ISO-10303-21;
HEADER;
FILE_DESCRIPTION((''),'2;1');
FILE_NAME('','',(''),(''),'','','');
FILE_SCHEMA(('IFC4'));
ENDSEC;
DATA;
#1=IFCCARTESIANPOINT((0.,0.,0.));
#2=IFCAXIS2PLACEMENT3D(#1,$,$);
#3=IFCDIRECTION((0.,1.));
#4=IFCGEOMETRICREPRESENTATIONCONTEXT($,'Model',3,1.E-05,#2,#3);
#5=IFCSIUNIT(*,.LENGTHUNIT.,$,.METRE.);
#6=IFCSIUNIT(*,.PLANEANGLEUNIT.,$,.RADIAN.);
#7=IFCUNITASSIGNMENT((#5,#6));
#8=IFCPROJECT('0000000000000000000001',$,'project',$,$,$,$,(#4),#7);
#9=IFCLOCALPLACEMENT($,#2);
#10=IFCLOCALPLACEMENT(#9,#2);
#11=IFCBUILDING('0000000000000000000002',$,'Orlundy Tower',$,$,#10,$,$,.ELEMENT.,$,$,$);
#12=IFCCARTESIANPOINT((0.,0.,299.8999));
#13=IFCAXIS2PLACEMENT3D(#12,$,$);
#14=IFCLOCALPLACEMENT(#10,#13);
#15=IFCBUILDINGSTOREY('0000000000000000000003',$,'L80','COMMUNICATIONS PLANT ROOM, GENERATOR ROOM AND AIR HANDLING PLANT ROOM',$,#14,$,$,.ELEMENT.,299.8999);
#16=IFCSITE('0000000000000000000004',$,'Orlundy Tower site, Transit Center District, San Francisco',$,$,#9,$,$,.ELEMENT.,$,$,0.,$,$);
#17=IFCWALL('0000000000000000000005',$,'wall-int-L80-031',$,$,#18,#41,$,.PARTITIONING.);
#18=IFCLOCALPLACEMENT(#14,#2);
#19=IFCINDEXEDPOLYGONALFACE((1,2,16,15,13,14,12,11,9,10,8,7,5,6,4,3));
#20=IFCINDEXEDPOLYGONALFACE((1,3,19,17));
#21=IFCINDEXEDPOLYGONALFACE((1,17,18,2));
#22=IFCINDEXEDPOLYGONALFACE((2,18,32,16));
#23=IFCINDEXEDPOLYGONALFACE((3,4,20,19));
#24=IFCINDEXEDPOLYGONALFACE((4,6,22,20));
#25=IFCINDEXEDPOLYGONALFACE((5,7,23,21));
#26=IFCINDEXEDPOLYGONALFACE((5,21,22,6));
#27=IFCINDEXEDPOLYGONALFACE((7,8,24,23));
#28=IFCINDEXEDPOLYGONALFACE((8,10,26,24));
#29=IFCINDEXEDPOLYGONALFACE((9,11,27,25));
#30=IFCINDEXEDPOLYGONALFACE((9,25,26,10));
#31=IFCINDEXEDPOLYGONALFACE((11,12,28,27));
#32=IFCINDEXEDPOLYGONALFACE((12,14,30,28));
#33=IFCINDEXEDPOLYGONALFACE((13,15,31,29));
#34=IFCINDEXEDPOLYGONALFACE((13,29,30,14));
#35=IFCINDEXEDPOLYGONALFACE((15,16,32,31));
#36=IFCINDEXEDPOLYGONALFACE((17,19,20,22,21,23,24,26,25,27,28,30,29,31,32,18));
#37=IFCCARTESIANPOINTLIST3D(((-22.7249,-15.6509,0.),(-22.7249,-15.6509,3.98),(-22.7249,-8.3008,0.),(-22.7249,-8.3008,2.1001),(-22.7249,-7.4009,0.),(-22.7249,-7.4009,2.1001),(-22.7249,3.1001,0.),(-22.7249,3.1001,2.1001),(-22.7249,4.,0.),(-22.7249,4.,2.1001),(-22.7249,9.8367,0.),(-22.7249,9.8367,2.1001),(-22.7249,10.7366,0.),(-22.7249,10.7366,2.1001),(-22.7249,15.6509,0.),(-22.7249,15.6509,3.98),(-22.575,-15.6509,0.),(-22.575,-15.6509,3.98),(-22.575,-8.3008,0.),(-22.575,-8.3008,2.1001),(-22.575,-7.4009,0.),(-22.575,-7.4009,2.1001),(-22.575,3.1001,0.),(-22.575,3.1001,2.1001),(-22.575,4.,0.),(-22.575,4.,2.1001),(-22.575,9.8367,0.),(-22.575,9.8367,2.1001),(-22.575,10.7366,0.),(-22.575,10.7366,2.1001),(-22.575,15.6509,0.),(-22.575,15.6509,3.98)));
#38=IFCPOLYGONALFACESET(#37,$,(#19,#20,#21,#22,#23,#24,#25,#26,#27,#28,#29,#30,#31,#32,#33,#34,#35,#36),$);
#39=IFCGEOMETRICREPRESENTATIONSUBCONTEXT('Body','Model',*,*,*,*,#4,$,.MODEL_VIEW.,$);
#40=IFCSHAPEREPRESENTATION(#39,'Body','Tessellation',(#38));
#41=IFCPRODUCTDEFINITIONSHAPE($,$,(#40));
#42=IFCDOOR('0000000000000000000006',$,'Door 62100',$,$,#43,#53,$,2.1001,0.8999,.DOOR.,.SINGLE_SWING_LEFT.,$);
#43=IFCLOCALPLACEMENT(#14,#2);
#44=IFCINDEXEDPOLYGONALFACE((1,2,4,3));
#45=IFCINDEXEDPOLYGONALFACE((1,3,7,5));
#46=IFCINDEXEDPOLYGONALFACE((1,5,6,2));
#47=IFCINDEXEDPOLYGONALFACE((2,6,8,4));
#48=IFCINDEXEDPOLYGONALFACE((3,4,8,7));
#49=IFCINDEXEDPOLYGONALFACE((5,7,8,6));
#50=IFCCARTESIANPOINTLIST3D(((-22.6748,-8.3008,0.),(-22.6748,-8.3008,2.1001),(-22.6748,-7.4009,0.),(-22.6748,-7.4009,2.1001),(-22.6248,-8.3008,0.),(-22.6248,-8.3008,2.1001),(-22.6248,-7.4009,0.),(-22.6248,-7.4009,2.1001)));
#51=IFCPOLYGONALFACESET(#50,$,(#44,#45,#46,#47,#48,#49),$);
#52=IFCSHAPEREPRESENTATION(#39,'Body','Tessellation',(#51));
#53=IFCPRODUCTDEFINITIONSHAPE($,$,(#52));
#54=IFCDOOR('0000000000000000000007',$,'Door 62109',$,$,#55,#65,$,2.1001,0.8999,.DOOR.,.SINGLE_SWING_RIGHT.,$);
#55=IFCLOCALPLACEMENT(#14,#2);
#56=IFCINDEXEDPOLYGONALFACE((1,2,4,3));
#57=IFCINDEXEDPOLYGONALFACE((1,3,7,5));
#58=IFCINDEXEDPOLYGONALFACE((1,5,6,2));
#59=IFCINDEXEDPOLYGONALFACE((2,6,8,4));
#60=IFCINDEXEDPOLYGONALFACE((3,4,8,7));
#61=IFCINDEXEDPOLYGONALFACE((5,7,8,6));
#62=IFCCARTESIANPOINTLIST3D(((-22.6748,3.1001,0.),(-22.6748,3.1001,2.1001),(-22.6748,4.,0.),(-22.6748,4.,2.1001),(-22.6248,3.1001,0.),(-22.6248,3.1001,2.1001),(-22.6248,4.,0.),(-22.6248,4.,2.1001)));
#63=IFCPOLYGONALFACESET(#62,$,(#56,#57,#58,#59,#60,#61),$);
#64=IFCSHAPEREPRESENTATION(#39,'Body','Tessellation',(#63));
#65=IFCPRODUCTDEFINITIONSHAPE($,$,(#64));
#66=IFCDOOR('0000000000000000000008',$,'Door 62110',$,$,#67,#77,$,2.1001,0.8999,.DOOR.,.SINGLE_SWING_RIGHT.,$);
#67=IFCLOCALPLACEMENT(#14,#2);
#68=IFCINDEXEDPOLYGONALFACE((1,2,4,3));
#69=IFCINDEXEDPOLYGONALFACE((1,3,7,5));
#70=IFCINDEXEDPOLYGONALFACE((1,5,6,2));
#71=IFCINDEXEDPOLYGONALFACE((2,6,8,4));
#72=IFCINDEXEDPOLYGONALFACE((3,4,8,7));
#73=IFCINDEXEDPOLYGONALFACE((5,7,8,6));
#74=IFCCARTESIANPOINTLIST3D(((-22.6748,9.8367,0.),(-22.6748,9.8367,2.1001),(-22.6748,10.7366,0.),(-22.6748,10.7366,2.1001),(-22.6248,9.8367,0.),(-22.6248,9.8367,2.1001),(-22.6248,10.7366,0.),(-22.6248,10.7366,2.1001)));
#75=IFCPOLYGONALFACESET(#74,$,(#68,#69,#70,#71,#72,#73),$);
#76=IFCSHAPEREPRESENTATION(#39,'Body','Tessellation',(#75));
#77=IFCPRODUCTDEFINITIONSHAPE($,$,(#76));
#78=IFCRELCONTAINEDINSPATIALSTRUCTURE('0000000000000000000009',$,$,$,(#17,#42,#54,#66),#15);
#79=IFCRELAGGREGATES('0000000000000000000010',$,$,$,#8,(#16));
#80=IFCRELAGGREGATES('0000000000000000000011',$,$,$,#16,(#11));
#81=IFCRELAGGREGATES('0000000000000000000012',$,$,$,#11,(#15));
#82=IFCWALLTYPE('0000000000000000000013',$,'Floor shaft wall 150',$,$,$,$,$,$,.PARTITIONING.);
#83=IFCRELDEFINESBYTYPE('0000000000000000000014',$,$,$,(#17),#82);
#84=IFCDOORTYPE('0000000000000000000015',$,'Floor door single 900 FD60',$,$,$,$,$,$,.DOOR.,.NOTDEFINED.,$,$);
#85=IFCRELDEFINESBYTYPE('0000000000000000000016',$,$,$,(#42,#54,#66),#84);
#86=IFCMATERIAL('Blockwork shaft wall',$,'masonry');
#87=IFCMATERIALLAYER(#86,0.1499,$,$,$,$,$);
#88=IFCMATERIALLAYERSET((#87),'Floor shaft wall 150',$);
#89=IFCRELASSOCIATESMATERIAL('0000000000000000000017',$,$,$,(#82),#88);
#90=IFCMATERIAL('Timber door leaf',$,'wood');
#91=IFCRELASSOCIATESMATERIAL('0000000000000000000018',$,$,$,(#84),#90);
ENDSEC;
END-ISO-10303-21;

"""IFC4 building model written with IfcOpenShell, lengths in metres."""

from ifc_helpers import new_model, si_unit, direction, frame, frame_2d, origin, place, context, subcontext, project, spatial, rectangle, extrude, material, layer, layer_set, type_object, element, fill, save


model = new_model("IFC4")

# Units and contexts
model_context = context("Model", 3, precision=1e-05, world=origin(), true_north=direction((0.0, 1.0)))
body_context = subcontext(model_context, "Body", "Model", "MODEL_VIEW")
ifc_project = project(units=[si_unit("LENGTHUNIT", "METRE"), si_unit("PLANEANGLEUNIT", "RADIAN")], contexts=[model_context])

# Site, building, storey
site_placement = place(None, origin())
site = spatial("IfcSite", under=ifc_project, at=site_placement, Name="Orlundy Tower site, Transit Center District, San Francisco", CompositionType="ELEMENT", RefElevation=0.0)
building_placement = place(site_placement, origin())
building = spatial("IfcBuilding", under=site, at=building_placement, Name="Orlundy Tower", CompositionType="ELEMENT")
storey_placement = place(building_placement, frame((0.0, 0.0, 299.8999)))
storey = spatial("IfcBuildingStorey", under=building, at=storey_placement, Name="L80", Description="COMMUNICATIONS PLANT ROOM, GENERATOR ROOM AND AIR HANDLING PLANT ROOM", CompositionType="ELEMENT", Elevation=299.8999)

# Shared definitions
ifc_material_1 = material(Name="Blockwork shaft wall", Category="masonry")
ifc_layer_1 = layer(ifc_material_1, 0.1499)
ifc_layer_set_1 = layer_set([ifc_layer_1], Name="Floor shaft wall 150")
wall_type = type_object("IfcWallType", Name="Floor shaft wall 150", PredefinedType="PARTITIONING", material=ifc_layer_set_1)

# Wall, openings, doors
wall_1_placement = place(storey_placement, frame((-22.6499, -15.6509, 0.0), z_axis=(0.0, 0.0, 1.0), x_axis=(0.0, 1.0, 0.0)))
wall_1 = element("IfcWall", 1, at=wall_1_placement, inside=storey, type_object=wall_type, Name="wall-int-L80-031", PredefinedType="PARTITIONING", context=body_context, shape_type="SweptSolid", body=[
    extrude(rectangle(XDim=31.3018, YDim=0.1499, at=frame_2d((15.6509, 0.0))), origin(), (0.0, 0.0, 1.0), 3.98),
])
opening_1_placement = place(wall_1_placement, frame((7.3501, 0.0, 0.0)))
opening_1 = element("IfcOpeningElement", 2, at=opening_1_placement, cuts=wall_1, PredefinedType="OPENING", context=body_context, shape_type="SweptSolid", body=[
    extrude(rectangle(XDim=0.8999, YDim=2.1001, at=frame_2d((0.45, 1.05))), frame((0.0, 0.085, 0.0), z_axis=(0.0, -1.0, 0.0), x_axis=(1.0, 0.0, 0.0)), (0.0, 0.0, 1.0), 0.1699),
])
opening_2_placement = place(wall_1_placement, frame((18.751, 0.0, 0.0)))
opening_2 = element("IfcOpeningElement", 3, at=opening_2_placement, cuts=wall_1, PredefinedType="OPENING", context=body_context, shape_type="SweptSolid", body=[
    extrude(rectangle(XDim=0.8999, YDim=2.1001, at=frame_2d((0.45, 1.05))), frame((0.0, 0.085, 0.0), z_axis=(0.0, -1.0, 0.0), x_axis=(1.0, 0.0, 0.0)), (0.0, 0.0, 1.0), 0.1699),
])
opening_3_placement = place(wall_1_placement, frame((25.4875, 0.0, 0.0)))
opening_3 = element("IfcOpeningElement", 4, at=opening_3_placement, cuts=wall_1, PredefinedType="OPENING", context=body_context, shape_type="SweptSolid", body=[
    extrude(rectangle(XDim=0.8999, YDim=2.1001, at=frame_2d((0.45, 1.05))), frame((0.0, 0.085, 0.0), z_axis=(0.0, -1.0, 0.0), x_axis=(1.0, 0.0, 0.0)), (0.0, 0.0, 1.0), 0.1699),
])
ifc_material_2 = material(Name="Timber door leaf", Category="wood")
door_type = type_object("IfcDoorType", Name="Floor door single 900 FD60", OperationType="NOTDEFINED", PredefinedType="DOOR", material=ifc_material_2)
door_1_placement = place(opening_1_placement, origin())
door_1 = element("IfcDoor", 5, at=door_1_placement, inside=storey, type_object=door_type, Name="Door 62100", OperationType="SINGLE_SWING_LEFT", OverallHeight=2.1001, OverallWidth=0.8999, PredefinedType="DOOR", context=body_context, shape_type="SweptSolid", body=[
    extrude(rectangle(XDim=0.8999, YDim=2.1001, at=frame_2d((0.45, 1.05))), frame((0.0, 0.0249, 0.0), z_axis=(0.0, -1.0, 0.0), x_axis=(1.0, 0.0, 0.0)), (0.0, 0.0, 1.0), 0.05),
])
fill(opening_1, door_1)
door_2_placement = place(opening_2_placement, origin())
door_2 = element("IfcDoor", 6, at=door_2_placement, inside=storey, type_object=door_type, Name="Door 62109", OperationType="SINGLE_SWING_RIGHT", OverallHeight=2.1001, OverallWidth=0.8999, PredefinedType="DOOR", context=body_context, shape_type="SweptSolid", body=[
    extrude(rectangle(XDim=0.8999, YDim=2.1001, at=frame_2d((0.45, 1.05))), frame((0.0, 0.0249, 0.0), z_axis=(0.0, -1.0, 0.0), x_axis=(1.0, 0.0, 0.0)), (0.0, 0.0, 1.0), 0.05),
])
fill(opening_2, door_2)
door_3_placement = place(opening_3_placement, origin())
door_3 = element("IfcDoor", 7, at=door_3_placement, inside=storey, type_object=door_type, Name="Door 62110", OperationType="SINGLE_SWING_RIGHT", OverallHeight=2.1001, OverallWidth=0.8999, PredefinedType="DOOR", context=body_context, shape_type="SweptSolid", body=[
    extrude(rectangle(XDim=0.8999, YDim=2.1001, at=frame_2d((0.45, 1.05))), frame((0.0, 0.0249, 0.0), z_axis=(0.0, -1.0, 0.0), x_axis=(1.0, 0.0, 0.0)), (0.0, 0.0, 1.0), 0.05),
])
fill(opening_3, door_3)

save(model, "model.ifc")
